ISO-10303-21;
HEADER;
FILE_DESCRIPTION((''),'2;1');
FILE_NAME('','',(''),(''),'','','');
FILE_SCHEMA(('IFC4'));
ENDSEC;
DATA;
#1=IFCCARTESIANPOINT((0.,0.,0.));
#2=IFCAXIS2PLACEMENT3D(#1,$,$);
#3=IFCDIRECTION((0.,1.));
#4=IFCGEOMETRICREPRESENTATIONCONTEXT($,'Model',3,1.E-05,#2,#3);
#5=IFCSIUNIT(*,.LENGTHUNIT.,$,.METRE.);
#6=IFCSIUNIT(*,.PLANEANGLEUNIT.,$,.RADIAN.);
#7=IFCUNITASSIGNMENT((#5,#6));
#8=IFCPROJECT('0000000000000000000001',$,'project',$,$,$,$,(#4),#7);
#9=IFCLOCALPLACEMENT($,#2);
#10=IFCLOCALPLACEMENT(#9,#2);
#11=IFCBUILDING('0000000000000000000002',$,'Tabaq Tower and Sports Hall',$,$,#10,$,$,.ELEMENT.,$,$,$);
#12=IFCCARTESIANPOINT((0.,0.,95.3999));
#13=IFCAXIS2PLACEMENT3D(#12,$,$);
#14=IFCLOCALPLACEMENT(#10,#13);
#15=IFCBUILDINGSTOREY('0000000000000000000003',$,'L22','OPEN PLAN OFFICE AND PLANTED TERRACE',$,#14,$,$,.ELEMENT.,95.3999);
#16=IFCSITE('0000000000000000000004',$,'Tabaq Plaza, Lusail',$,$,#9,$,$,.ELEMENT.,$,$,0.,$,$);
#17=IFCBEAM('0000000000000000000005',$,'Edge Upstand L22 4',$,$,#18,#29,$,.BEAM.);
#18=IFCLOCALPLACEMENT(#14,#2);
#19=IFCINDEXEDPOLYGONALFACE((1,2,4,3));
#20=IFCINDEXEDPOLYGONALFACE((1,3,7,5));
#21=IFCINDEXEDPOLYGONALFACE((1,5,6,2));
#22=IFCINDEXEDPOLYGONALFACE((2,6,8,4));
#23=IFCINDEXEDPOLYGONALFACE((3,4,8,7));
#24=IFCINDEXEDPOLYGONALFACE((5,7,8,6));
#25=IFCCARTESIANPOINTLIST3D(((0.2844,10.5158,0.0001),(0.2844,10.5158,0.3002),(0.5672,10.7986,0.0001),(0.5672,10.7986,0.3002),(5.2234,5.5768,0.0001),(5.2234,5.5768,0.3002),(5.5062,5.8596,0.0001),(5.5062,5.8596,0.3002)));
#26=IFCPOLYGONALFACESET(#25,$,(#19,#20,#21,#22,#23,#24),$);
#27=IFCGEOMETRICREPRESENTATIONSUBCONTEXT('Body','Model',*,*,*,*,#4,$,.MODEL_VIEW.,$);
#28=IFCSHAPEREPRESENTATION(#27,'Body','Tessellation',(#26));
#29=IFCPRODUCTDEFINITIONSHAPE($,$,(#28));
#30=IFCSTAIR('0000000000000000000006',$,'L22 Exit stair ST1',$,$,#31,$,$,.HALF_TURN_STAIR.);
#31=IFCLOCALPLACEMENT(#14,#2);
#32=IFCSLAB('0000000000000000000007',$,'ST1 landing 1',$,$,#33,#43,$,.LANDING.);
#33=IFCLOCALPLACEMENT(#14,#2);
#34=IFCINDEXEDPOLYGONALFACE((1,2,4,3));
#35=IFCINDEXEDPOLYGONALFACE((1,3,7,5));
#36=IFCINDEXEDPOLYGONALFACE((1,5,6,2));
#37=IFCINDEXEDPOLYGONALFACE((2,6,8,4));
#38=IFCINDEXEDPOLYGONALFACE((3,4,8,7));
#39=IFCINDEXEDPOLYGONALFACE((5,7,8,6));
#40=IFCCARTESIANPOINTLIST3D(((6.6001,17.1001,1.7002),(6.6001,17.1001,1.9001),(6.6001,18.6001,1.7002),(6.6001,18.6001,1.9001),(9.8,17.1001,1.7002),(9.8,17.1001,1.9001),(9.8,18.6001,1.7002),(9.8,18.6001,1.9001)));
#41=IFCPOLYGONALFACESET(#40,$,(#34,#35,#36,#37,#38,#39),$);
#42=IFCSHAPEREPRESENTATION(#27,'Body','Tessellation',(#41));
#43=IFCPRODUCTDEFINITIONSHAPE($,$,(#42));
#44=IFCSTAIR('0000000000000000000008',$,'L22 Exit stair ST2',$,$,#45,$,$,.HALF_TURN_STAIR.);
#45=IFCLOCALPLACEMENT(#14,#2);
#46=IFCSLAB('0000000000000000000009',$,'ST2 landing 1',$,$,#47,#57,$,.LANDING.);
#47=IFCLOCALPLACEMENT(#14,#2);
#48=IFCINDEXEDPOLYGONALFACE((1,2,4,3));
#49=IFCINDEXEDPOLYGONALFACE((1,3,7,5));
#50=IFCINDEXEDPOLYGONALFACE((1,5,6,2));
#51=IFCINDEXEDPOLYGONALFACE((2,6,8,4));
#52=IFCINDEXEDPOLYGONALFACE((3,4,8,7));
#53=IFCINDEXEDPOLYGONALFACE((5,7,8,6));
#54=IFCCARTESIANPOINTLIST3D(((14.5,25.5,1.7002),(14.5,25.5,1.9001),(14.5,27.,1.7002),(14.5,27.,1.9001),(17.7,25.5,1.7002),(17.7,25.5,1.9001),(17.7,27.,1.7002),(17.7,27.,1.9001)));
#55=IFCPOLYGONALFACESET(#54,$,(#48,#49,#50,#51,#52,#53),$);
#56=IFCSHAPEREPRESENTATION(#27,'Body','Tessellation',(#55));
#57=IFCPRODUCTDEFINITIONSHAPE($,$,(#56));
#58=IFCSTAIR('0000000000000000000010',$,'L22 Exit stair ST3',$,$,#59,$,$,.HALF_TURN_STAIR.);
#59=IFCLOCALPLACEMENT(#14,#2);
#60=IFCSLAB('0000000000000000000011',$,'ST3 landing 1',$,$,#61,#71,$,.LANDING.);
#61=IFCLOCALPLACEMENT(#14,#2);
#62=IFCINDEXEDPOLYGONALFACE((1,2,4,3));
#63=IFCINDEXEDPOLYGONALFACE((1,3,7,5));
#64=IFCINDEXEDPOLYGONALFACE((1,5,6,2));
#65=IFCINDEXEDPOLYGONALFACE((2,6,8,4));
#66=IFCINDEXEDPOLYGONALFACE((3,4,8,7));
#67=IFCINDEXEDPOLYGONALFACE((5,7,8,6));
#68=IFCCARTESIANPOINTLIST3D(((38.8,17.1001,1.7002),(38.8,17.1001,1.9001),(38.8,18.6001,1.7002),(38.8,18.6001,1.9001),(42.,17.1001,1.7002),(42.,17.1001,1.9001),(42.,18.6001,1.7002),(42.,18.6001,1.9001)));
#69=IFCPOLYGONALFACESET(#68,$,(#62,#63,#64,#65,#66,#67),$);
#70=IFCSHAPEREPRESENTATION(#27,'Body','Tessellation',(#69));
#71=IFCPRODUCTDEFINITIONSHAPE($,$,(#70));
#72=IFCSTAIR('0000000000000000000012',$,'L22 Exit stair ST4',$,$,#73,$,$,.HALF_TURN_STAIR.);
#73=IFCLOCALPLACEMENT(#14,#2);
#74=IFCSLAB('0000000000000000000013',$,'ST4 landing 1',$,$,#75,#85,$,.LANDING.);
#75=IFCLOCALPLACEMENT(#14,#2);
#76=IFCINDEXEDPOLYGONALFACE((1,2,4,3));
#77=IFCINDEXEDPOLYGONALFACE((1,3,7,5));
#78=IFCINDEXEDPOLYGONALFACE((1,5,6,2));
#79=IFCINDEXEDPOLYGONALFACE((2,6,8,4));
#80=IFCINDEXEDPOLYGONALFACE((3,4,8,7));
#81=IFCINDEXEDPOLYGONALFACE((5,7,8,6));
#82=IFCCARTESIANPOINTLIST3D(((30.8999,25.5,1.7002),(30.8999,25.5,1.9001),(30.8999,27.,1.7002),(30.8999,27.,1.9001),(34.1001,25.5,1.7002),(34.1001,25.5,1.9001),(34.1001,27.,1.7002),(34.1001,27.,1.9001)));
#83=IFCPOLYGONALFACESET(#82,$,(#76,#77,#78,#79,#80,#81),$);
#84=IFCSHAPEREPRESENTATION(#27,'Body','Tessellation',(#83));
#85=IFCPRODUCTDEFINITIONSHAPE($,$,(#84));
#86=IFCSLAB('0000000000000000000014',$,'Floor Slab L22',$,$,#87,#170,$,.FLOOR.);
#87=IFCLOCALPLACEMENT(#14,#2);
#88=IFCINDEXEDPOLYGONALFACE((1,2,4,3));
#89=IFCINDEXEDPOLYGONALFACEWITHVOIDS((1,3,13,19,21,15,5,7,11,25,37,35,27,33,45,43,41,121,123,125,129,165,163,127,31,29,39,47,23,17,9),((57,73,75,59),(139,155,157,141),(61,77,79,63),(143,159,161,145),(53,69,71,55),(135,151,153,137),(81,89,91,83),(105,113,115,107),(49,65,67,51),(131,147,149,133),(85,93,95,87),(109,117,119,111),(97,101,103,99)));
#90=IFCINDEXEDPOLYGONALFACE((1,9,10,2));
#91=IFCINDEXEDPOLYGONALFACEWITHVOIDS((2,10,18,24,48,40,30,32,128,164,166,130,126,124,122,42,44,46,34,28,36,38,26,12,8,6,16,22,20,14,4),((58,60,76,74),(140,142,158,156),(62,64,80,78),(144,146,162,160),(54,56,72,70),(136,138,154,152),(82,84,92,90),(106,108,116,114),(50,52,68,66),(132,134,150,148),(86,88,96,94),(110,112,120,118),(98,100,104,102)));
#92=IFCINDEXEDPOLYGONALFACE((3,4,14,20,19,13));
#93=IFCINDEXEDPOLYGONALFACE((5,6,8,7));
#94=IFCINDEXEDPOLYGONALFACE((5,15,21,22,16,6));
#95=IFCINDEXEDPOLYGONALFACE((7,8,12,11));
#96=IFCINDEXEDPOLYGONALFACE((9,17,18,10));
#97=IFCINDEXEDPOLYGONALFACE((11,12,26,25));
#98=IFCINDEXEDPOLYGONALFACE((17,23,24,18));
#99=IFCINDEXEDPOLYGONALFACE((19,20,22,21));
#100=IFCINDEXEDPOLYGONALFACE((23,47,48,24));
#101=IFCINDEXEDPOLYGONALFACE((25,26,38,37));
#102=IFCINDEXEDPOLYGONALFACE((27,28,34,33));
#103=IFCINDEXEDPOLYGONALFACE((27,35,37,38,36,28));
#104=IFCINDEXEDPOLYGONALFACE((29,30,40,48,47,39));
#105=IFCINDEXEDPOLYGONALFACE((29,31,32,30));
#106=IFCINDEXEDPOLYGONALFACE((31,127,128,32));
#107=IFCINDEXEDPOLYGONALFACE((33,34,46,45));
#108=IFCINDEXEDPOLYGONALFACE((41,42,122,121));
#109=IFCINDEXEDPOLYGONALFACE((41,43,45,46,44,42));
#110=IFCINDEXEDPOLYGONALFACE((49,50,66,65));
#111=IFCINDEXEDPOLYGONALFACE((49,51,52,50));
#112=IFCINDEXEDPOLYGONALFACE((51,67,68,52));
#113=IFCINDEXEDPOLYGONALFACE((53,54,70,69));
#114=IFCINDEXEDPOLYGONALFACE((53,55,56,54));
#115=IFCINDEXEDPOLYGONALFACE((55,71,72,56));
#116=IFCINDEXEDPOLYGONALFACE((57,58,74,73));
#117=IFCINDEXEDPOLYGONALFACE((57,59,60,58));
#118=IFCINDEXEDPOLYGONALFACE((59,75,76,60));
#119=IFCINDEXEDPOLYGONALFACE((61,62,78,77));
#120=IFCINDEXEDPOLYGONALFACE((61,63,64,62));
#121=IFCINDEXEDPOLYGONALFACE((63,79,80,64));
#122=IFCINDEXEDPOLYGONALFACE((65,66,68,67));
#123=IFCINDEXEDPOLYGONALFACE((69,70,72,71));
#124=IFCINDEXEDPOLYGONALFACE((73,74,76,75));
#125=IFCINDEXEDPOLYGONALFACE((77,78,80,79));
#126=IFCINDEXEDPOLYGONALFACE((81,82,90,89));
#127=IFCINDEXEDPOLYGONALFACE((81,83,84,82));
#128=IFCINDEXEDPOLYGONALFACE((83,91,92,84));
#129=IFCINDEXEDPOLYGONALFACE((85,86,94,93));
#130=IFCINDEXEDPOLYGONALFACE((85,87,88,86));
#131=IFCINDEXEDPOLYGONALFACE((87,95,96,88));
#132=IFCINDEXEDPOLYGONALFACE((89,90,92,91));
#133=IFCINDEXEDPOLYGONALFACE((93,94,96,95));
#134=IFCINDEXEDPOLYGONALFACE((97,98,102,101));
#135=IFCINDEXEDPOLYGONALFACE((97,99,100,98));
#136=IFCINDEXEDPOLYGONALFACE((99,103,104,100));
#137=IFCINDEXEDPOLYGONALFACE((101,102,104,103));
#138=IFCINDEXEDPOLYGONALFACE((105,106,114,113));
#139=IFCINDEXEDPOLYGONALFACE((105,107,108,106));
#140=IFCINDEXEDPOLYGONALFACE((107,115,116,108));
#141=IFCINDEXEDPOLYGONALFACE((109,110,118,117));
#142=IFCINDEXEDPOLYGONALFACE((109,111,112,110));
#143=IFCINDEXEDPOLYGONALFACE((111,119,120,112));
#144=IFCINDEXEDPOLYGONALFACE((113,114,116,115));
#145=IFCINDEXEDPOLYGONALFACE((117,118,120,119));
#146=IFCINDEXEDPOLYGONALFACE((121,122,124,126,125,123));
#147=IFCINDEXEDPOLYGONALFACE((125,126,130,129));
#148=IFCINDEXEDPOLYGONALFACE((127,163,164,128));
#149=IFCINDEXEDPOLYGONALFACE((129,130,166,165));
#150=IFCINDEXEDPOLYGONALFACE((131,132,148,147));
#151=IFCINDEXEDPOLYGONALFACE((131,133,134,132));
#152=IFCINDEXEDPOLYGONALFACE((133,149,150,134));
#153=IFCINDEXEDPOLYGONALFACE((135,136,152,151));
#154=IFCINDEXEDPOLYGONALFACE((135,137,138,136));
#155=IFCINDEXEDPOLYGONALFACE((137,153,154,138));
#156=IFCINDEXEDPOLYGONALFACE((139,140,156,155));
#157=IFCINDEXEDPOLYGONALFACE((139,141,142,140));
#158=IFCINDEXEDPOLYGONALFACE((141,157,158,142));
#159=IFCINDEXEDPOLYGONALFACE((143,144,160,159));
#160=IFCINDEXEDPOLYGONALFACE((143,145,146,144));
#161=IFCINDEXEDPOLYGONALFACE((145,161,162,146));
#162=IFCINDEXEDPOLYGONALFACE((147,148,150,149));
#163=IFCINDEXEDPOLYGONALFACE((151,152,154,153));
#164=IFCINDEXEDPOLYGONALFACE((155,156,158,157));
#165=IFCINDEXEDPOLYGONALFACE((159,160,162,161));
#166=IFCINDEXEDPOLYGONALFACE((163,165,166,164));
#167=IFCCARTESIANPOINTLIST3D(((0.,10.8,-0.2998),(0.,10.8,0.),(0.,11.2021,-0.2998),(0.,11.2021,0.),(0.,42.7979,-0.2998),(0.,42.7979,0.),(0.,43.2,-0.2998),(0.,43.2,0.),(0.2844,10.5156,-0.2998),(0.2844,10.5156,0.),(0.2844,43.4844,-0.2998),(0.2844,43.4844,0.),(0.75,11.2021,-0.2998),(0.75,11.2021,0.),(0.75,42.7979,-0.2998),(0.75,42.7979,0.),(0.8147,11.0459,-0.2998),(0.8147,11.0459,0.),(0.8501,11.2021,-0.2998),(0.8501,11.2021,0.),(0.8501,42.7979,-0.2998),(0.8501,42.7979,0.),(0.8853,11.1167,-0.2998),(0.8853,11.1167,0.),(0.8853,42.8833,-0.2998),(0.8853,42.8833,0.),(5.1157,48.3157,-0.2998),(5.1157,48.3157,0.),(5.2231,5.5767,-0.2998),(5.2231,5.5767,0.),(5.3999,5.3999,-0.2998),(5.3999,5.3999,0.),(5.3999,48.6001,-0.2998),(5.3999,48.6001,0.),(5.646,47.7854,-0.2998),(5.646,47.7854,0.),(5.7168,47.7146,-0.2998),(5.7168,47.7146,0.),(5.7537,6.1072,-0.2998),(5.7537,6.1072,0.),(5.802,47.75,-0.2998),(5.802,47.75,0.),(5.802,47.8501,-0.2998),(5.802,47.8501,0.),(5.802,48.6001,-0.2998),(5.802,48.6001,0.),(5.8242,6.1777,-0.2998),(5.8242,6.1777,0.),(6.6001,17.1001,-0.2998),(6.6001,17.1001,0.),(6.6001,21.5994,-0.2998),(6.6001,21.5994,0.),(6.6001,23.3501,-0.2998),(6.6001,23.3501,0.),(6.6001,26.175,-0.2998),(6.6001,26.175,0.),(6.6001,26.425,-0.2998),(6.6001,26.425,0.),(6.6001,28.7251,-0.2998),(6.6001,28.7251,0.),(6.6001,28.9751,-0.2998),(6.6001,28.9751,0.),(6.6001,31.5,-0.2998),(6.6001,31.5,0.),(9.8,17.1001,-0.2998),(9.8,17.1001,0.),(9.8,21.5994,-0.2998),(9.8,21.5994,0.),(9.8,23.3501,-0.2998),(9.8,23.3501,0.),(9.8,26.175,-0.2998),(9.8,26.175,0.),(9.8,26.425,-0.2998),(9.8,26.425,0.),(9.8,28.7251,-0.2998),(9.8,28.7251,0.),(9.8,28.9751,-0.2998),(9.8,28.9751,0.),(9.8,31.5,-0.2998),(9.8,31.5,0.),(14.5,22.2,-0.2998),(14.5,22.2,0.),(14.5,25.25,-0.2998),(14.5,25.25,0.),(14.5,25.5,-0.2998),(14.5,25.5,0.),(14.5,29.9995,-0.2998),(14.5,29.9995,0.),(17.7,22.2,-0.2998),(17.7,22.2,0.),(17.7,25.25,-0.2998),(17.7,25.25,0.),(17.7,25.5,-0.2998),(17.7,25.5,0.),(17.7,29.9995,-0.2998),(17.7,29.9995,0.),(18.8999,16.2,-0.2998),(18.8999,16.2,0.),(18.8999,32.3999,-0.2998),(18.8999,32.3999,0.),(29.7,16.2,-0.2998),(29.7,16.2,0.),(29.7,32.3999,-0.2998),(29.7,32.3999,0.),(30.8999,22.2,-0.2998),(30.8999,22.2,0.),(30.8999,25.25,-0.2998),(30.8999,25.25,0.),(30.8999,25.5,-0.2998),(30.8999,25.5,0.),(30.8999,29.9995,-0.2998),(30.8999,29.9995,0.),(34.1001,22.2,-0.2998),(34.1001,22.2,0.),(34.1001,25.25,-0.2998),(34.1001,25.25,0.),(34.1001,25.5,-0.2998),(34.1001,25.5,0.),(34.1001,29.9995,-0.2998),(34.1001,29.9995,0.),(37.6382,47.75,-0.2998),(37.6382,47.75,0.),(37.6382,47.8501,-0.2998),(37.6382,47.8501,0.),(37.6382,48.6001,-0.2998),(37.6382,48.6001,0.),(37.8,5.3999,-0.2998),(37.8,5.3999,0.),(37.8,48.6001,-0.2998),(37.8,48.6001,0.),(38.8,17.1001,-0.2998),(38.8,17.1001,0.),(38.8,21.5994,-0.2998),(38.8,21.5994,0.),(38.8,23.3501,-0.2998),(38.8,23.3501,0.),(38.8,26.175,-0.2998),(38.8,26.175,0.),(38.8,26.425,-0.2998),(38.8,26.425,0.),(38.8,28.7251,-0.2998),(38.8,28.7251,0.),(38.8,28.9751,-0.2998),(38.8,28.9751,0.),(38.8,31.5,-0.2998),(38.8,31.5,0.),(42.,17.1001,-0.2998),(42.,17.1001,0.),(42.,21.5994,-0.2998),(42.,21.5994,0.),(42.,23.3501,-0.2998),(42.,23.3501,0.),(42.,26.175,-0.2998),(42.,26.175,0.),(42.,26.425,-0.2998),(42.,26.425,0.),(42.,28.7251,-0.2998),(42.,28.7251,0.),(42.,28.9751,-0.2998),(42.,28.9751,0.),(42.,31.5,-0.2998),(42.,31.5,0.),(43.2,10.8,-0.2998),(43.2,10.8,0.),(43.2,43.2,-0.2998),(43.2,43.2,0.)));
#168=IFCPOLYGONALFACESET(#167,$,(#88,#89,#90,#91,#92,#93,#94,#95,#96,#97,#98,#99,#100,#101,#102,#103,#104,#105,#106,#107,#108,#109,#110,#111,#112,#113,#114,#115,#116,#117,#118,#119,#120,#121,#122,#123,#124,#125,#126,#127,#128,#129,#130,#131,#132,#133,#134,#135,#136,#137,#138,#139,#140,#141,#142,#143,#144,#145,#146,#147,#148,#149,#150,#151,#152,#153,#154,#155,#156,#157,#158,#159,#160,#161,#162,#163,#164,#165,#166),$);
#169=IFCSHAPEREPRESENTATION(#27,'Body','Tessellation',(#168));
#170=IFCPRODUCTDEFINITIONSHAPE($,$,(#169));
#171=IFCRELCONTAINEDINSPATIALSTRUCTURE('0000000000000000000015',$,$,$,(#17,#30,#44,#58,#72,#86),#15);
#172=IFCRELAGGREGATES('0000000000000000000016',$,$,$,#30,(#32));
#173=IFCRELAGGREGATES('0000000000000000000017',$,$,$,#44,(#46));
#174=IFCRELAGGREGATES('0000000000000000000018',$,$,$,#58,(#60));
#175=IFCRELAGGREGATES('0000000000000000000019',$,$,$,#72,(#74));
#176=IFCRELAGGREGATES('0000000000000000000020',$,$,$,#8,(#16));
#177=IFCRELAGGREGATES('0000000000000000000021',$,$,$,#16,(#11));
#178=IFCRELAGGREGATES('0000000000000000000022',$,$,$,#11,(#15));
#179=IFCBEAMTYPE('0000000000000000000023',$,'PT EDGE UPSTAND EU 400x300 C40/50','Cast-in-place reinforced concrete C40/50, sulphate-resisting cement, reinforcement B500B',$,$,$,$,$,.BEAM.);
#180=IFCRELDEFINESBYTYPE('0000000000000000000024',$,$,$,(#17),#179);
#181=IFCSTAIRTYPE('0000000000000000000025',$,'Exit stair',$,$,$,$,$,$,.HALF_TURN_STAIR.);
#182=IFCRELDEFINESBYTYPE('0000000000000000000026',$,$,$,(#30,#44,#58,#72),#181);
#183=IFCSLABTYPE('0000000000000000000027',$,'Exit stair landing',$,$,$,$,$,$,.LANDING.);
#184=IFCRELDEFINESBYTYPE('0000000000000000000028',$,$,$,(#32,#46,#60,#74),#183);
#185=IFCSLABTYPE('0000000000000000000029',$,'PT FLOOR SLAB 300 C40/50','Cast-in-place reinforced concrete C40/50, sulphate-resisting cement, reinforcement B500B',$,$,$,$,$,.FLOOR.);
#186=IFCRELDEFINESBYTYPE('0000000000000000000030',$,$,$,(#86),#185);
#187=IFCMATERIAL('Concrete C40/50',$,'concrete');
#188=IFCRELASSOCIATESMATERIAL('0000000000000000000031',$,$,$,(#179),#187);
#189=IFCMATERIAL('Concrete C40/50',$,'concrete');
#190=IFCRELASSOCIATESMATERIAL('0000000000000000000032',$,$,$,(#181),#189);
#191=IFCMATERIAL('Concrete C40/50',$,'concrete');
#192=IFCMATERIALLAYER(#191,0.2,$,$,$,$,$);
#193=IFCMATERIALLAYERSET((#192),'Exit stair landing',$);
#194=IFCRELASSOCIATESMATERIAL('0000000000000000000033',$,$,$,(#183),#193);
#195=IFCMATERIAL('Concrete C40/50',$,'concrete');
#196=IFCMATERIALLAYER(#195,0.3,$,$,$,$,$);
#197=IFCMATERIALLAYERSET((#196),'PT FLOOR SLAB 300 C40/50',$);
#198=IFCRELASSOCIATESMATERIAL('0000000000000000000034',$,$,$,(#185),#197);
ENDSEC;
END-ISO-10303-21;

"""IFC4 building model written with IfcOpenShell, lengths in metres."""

from ifc_helpers import new_model, si_unit, direction, frame, origin, origin_2d, place, context, subcontext, project, spatial, polyline, rectangle, outline, extrude, material, layer, layer_set, material_profile, profile_set, type_object, element, aggregate, save


model = new_model("IFC4")

# Units and contexts
model_context = context("Model", 3, precision=1e-05, world=origin(), true_north=direction((0.0, 1.0)))
body_context = subcontext(model_context, "Body", "Model", "MODEL_VIEW")
ifc_project = project(units=[si_unit("LENGTHUNIT", "METRE"), si_unit("PLANEANGLEUNIT", "RADIAN")], contexts=[model_context])

# Site, building, storey
site_placement = place(None, origin())
site = spatial("IfcSite", under=ifc_project, at=site_placement, Name="Tabaq Plaza, Lusail", CompositionType="ELEMENT", RefElevation=0.0)
building_placement = place(site_placement, origin())
building = spatial("IfcBuilding", under=site, at=building_placement, Name="Tabaq Tower and Sports Hall", CompositionType="ELEMENT")
storey_placement = place(building_placement, frame((0.0, 0.0, 95.3999)))
storey = spatial("IfcBuildingStorey", under=building, at=storey_placement, Name="L22", Description="OPEN PLAN OFFICE AND PLANTED TERRACE", CompositionType="ELEMENT", Elevation=95.3999)

# Beam
ifc_material_1 = material(Name="Concrete C40/50", Category="concrete")
ifc_material_profile = material_profile(ifc_material_1, rectangle(XDim=0.3999, YDim=0.3, at=origin_2d()), Name="EU 400x300")
ifc_profile_set = profile_set([ifc_material_profile], Name="Concrete C40/50")
beam_type = type_object("IfcBeamType", Name="PT EDGE UPSTAND EU 400x300 C40/50", Description="Cast-in-place reinforced concrete C40/50, sulphate-resisting cement, reinforcement B500B", PredefinedType="BEAM", material=ifc_profile_set)
beam_placement = place(storey_placement, frame((0.4258, 10.6572, 0.1501), z_axis=(0.707107, -0.707107, 0.0), x_axis=(0.707107, 0.707107, 0.0)))
element("IfcBeam", 1, at=beam_placement, inside=storey, type_object=beam_type, Name="Edge Upstand L22 4", PredefinedType="BEAM", context=body_context, shape_type="SweptSolid", body=[
    extrude(rectangle(XDim=0.3999, YDim=0.3, at=origin_2d()), origin(), (0.0, 0.0, 1.0), 6.9849),
])

# Stairs, slabs
ifc_material_2 = material(Name="Concrete C40/50", Category="concrete")
stair_type = type_object("IfcStairType", Name="Exit stair", PredefinedType="HALF_TURN_STAIR", material=ifc_material_2)
stair_1_placement = place(storey_placement, origin())
stair_1 = element("IfcStair", 2, at=stair_1_placement, inside=storey, type_object=stair_type, Name="L22 Exit stair ST1", PredefinedType="HALF_TURN_STAIR")
ifc_material_3 = material(Name="Concrete C40/50", Category="concrete")
ifc_layer_1 = layer(ifc_material_3, 0.2)
ifc_layer_set_1 = layer_set([ifc_layer_1], Name="Exit stair landing")
slab_type_1 = type_object("IfcSlabType", Name="Exit stair landing", PredefinedType="LANDING", material=ifc_layer_set_1)
slab_1_placement = place(storey_placement, frame((0.0, 0.0, 1.7002)))
slab_1 = element("IfcSlab", 3, at=slab_1_placement, type_object=slab_type_1, Name="ST1 landing 1", PredefinedType="LANDING", context=body_context, shape_type="SweptSolid", body=[
    extrude(outline(polyline([(6.6001, 18.6001), (6.6001, 17.1001), (9.8, 17.1001), (9.8, 18.6001), (6.6001, 18.6001)])), origin(), (0.0, 0.0, 1.0), 0.2),
])
aggregate(stair_1, [slab_1])
stair_2_placement = place(storey_placement, origin())
stair_2 = element("IfcStair", 4, at=stair_2_placement, inside=storey, type_object=stair_type, Name="L22 Exit stair ST2", PredefinedType="HALF_TURN_STAIR")
slab_2_placement = place(storey_placement, frame((0.0, 0.0, 1.7002)))
slab_2 = element("IfcSlab", 5, at=slab_2_placement, type_object=slab_type_1, Name="ST2 landing 1", PredefinedType="LANDING", context=body_context, shape_type="SweptSolid", body=[
    extrude(outline(polyline([(14.5, 27.0), (14.5, 25.5), (17.7, 25.5), (17.7, 27.0), (14.5, 27.0)])), origin(), (0.0, 0.0, 1.0), 0.2),
])
aggregate(stair_2, [slab_2])
stair_3_placement = place(storey_placement, origin())
stair_3 = element("IfcStair", 6, at=stair_3_placement, inside=storey, type_object=stair_type, Name="L22 Exit stair ST3", PredefinedType="HALF_TURN_STAIR")
slab_3_placement = place(storey_placement, frame((0.0, 0.0, 1.7002)))
slab_3 = element("IfcSlab", 7, at=slab_3_placement, type_object=slab_type_1, Name="ST3 landing 1", PredefinedType="LANDING", context=body_context, shape_type="SweptSolid", body=[
    extrude(outline(polyline([(38.8, 18.6001), (38.8, 17.1001), (42.0, 17.1001), (42.0, 18.6001), (38.8, 18.6001)])), origin(), (0.0, 0.0, 1.0), 0.2),
])
aggregate(stair_3, [slab_3])
stair_4_placement = place(storey_placement, origin())
stair_4 = element("IfcStair", 8, at=stair_4_placement, inside=storey, type_object=stair_type, Name="L22 Exit stair ST4", PredefinedType="HALF_TURN_STAIR")
slab_4_placement = place(storey_placement, frame((0.0, 0.0, 1.7002)))
slab_4 = element("IfcSlab", 9, at=slab_4_placement, type_object=slab_type_1, Name="ST4 landing 1", PredefinedType="LANDING", context=body_context, shape_type="SweptSolid", body=[
    extrude(outline(polyline([(30.8999, 27.0), (30.8999, 25.5), (34.1001, 25.5), (34.1001, 27.0), (30.8999, 27.0)])), origin(), (0.0, 0.0, 1.0), 0.2),
])
aggregate(stair_4, [slab_4])

# Slab
ifc_material_4 = material(Name="Concrete C40/50", Category="concrete")
ifc_layer_2 = layer(ifc_material_4, 0.3)
ifc_layer_set_2 = layer_set([ifc_layer_2], Name="PT FLOOR SLAB 300 C40/50")
slab_type_2 = type_object("IfcSlabType", Name="PT FLOOR SLAB 300 C40/50", Description="Cast-in-place reinforced concrete C40/50, sulphate-resisting cement, reinforcement B500B", PredefinedType="FLOOR", material=ifc_layer_set_2)
slab_5_placement = place(storey_placement, frame((0.0, 0.0, -0.2998)))
element("IfcSlab", 10, at=slab_5_placement, inside=storey, type_object=slab_type_2, Name="Floor Slab L22", PredefinedType="FLOOR", context=body_context, shape_type="SweptSolid", body=[
    extrude(outline(polyline([(0.0, 11.2021), (0.0, 10.8), (0.2844, 10.5156), (0.8147, 11.0459), (0.8853, 11.1167), (5.8242, 6.1777), (5.7537, 6.1072), (5.2231, 5.5767), (5.3999, 5.3999), (37.8, 5.3999), (43.2, 10.8), (43.2, 43.2), (37.8, 48.6001), (37.6382, 48.6001), (37.6382, 47.8501), (37.6382, 47.75), (5.802, 47.75), (5.802, 47.8501), (5.802, 48.6001), (5.3999, 48.6001), (5.1157, 48.3157), (5.646, 47.7854), (5.7168, 47.7146), (0.8853, 42.8833), (0.2844, 43.4844), (0.0, 43.2), (0.0, 42.7979), (0.75, 42.7979), (0.8501, 42.7979), (0.8501, 11.2021), (0.75, 11.2021), (0.0, 11.2021)]), holes=[polyline([(6.6001, 21.5994), (9.8, 21.5994), (9.8, 17.1001), (6.6001, 17.1001), (6.6001, 21.5994)]), polyline([(17.7, 25.25), (17.7, 22.2), (14.5, 22.2), (14.5, 25.25), (17.7, 25.25)]), polyline([(18.8999, 32.3999), (29.7, 32.3999), (29.7, 16.2), (18.8999, 16.2), (18.8999, 32.3999)]), polyline([(6.6001, 26.175), (9.8, 26.175), (9.8, 23.3501), (6.6001, 23.3501), (6.6001, 26.175)]), polyline([(9.8, 28.7251), (9.8, 26.425), (6.6001, 26.425), (6.6001, 28.7251), (9.8, 28.7251)]), polyline([(17.7, 29.9995), (17.7, 25.5), (14.5, 25.5), (14.5, 29.9995), (17.7, 29.9995)]), polyline([(6.6001, 31.5), (9.8, 31.5), (9.8, 28.9751), (6.6001, 28.9751), (6.6001, 31.5)]), polyline([(42.0, 21.5994), (42.0, 17.1001), (38.8, 17.1001), (38.8, 21.5994), (42.0, 21.5994)]), polyline([(34.1001, 25.25), (34.1001, 22.2), (30.8999, 22.2), (30.8999, 25.25), (34.1001, 25.25)]), polyline([(42.0, 26.175), (42.0, 23.3501), (38.8, 23.3501), (38.8, 26.175), (42.0, 26.175)]), polyline([(42.0, 28.7251), (42.0, 26.425), (38.8, 26.425), (38.8, 28.7251), (42.0, 28.7251)]), polyline([(34.1001, 29.9995), (34.1001, 25.5), (30.8999, 25.5), (30.8999, 29.9995), (34.1001, 29.9995)]), polyline([(42.0, 31.5), (42.0, 28.9751), (38.8, 28.9751), (38.8, 31.5), (42.0, 31.5)])]), origin(), (0.0, 0.0, 1.0), 0.2998),
])

save(model, "model.ifc")
